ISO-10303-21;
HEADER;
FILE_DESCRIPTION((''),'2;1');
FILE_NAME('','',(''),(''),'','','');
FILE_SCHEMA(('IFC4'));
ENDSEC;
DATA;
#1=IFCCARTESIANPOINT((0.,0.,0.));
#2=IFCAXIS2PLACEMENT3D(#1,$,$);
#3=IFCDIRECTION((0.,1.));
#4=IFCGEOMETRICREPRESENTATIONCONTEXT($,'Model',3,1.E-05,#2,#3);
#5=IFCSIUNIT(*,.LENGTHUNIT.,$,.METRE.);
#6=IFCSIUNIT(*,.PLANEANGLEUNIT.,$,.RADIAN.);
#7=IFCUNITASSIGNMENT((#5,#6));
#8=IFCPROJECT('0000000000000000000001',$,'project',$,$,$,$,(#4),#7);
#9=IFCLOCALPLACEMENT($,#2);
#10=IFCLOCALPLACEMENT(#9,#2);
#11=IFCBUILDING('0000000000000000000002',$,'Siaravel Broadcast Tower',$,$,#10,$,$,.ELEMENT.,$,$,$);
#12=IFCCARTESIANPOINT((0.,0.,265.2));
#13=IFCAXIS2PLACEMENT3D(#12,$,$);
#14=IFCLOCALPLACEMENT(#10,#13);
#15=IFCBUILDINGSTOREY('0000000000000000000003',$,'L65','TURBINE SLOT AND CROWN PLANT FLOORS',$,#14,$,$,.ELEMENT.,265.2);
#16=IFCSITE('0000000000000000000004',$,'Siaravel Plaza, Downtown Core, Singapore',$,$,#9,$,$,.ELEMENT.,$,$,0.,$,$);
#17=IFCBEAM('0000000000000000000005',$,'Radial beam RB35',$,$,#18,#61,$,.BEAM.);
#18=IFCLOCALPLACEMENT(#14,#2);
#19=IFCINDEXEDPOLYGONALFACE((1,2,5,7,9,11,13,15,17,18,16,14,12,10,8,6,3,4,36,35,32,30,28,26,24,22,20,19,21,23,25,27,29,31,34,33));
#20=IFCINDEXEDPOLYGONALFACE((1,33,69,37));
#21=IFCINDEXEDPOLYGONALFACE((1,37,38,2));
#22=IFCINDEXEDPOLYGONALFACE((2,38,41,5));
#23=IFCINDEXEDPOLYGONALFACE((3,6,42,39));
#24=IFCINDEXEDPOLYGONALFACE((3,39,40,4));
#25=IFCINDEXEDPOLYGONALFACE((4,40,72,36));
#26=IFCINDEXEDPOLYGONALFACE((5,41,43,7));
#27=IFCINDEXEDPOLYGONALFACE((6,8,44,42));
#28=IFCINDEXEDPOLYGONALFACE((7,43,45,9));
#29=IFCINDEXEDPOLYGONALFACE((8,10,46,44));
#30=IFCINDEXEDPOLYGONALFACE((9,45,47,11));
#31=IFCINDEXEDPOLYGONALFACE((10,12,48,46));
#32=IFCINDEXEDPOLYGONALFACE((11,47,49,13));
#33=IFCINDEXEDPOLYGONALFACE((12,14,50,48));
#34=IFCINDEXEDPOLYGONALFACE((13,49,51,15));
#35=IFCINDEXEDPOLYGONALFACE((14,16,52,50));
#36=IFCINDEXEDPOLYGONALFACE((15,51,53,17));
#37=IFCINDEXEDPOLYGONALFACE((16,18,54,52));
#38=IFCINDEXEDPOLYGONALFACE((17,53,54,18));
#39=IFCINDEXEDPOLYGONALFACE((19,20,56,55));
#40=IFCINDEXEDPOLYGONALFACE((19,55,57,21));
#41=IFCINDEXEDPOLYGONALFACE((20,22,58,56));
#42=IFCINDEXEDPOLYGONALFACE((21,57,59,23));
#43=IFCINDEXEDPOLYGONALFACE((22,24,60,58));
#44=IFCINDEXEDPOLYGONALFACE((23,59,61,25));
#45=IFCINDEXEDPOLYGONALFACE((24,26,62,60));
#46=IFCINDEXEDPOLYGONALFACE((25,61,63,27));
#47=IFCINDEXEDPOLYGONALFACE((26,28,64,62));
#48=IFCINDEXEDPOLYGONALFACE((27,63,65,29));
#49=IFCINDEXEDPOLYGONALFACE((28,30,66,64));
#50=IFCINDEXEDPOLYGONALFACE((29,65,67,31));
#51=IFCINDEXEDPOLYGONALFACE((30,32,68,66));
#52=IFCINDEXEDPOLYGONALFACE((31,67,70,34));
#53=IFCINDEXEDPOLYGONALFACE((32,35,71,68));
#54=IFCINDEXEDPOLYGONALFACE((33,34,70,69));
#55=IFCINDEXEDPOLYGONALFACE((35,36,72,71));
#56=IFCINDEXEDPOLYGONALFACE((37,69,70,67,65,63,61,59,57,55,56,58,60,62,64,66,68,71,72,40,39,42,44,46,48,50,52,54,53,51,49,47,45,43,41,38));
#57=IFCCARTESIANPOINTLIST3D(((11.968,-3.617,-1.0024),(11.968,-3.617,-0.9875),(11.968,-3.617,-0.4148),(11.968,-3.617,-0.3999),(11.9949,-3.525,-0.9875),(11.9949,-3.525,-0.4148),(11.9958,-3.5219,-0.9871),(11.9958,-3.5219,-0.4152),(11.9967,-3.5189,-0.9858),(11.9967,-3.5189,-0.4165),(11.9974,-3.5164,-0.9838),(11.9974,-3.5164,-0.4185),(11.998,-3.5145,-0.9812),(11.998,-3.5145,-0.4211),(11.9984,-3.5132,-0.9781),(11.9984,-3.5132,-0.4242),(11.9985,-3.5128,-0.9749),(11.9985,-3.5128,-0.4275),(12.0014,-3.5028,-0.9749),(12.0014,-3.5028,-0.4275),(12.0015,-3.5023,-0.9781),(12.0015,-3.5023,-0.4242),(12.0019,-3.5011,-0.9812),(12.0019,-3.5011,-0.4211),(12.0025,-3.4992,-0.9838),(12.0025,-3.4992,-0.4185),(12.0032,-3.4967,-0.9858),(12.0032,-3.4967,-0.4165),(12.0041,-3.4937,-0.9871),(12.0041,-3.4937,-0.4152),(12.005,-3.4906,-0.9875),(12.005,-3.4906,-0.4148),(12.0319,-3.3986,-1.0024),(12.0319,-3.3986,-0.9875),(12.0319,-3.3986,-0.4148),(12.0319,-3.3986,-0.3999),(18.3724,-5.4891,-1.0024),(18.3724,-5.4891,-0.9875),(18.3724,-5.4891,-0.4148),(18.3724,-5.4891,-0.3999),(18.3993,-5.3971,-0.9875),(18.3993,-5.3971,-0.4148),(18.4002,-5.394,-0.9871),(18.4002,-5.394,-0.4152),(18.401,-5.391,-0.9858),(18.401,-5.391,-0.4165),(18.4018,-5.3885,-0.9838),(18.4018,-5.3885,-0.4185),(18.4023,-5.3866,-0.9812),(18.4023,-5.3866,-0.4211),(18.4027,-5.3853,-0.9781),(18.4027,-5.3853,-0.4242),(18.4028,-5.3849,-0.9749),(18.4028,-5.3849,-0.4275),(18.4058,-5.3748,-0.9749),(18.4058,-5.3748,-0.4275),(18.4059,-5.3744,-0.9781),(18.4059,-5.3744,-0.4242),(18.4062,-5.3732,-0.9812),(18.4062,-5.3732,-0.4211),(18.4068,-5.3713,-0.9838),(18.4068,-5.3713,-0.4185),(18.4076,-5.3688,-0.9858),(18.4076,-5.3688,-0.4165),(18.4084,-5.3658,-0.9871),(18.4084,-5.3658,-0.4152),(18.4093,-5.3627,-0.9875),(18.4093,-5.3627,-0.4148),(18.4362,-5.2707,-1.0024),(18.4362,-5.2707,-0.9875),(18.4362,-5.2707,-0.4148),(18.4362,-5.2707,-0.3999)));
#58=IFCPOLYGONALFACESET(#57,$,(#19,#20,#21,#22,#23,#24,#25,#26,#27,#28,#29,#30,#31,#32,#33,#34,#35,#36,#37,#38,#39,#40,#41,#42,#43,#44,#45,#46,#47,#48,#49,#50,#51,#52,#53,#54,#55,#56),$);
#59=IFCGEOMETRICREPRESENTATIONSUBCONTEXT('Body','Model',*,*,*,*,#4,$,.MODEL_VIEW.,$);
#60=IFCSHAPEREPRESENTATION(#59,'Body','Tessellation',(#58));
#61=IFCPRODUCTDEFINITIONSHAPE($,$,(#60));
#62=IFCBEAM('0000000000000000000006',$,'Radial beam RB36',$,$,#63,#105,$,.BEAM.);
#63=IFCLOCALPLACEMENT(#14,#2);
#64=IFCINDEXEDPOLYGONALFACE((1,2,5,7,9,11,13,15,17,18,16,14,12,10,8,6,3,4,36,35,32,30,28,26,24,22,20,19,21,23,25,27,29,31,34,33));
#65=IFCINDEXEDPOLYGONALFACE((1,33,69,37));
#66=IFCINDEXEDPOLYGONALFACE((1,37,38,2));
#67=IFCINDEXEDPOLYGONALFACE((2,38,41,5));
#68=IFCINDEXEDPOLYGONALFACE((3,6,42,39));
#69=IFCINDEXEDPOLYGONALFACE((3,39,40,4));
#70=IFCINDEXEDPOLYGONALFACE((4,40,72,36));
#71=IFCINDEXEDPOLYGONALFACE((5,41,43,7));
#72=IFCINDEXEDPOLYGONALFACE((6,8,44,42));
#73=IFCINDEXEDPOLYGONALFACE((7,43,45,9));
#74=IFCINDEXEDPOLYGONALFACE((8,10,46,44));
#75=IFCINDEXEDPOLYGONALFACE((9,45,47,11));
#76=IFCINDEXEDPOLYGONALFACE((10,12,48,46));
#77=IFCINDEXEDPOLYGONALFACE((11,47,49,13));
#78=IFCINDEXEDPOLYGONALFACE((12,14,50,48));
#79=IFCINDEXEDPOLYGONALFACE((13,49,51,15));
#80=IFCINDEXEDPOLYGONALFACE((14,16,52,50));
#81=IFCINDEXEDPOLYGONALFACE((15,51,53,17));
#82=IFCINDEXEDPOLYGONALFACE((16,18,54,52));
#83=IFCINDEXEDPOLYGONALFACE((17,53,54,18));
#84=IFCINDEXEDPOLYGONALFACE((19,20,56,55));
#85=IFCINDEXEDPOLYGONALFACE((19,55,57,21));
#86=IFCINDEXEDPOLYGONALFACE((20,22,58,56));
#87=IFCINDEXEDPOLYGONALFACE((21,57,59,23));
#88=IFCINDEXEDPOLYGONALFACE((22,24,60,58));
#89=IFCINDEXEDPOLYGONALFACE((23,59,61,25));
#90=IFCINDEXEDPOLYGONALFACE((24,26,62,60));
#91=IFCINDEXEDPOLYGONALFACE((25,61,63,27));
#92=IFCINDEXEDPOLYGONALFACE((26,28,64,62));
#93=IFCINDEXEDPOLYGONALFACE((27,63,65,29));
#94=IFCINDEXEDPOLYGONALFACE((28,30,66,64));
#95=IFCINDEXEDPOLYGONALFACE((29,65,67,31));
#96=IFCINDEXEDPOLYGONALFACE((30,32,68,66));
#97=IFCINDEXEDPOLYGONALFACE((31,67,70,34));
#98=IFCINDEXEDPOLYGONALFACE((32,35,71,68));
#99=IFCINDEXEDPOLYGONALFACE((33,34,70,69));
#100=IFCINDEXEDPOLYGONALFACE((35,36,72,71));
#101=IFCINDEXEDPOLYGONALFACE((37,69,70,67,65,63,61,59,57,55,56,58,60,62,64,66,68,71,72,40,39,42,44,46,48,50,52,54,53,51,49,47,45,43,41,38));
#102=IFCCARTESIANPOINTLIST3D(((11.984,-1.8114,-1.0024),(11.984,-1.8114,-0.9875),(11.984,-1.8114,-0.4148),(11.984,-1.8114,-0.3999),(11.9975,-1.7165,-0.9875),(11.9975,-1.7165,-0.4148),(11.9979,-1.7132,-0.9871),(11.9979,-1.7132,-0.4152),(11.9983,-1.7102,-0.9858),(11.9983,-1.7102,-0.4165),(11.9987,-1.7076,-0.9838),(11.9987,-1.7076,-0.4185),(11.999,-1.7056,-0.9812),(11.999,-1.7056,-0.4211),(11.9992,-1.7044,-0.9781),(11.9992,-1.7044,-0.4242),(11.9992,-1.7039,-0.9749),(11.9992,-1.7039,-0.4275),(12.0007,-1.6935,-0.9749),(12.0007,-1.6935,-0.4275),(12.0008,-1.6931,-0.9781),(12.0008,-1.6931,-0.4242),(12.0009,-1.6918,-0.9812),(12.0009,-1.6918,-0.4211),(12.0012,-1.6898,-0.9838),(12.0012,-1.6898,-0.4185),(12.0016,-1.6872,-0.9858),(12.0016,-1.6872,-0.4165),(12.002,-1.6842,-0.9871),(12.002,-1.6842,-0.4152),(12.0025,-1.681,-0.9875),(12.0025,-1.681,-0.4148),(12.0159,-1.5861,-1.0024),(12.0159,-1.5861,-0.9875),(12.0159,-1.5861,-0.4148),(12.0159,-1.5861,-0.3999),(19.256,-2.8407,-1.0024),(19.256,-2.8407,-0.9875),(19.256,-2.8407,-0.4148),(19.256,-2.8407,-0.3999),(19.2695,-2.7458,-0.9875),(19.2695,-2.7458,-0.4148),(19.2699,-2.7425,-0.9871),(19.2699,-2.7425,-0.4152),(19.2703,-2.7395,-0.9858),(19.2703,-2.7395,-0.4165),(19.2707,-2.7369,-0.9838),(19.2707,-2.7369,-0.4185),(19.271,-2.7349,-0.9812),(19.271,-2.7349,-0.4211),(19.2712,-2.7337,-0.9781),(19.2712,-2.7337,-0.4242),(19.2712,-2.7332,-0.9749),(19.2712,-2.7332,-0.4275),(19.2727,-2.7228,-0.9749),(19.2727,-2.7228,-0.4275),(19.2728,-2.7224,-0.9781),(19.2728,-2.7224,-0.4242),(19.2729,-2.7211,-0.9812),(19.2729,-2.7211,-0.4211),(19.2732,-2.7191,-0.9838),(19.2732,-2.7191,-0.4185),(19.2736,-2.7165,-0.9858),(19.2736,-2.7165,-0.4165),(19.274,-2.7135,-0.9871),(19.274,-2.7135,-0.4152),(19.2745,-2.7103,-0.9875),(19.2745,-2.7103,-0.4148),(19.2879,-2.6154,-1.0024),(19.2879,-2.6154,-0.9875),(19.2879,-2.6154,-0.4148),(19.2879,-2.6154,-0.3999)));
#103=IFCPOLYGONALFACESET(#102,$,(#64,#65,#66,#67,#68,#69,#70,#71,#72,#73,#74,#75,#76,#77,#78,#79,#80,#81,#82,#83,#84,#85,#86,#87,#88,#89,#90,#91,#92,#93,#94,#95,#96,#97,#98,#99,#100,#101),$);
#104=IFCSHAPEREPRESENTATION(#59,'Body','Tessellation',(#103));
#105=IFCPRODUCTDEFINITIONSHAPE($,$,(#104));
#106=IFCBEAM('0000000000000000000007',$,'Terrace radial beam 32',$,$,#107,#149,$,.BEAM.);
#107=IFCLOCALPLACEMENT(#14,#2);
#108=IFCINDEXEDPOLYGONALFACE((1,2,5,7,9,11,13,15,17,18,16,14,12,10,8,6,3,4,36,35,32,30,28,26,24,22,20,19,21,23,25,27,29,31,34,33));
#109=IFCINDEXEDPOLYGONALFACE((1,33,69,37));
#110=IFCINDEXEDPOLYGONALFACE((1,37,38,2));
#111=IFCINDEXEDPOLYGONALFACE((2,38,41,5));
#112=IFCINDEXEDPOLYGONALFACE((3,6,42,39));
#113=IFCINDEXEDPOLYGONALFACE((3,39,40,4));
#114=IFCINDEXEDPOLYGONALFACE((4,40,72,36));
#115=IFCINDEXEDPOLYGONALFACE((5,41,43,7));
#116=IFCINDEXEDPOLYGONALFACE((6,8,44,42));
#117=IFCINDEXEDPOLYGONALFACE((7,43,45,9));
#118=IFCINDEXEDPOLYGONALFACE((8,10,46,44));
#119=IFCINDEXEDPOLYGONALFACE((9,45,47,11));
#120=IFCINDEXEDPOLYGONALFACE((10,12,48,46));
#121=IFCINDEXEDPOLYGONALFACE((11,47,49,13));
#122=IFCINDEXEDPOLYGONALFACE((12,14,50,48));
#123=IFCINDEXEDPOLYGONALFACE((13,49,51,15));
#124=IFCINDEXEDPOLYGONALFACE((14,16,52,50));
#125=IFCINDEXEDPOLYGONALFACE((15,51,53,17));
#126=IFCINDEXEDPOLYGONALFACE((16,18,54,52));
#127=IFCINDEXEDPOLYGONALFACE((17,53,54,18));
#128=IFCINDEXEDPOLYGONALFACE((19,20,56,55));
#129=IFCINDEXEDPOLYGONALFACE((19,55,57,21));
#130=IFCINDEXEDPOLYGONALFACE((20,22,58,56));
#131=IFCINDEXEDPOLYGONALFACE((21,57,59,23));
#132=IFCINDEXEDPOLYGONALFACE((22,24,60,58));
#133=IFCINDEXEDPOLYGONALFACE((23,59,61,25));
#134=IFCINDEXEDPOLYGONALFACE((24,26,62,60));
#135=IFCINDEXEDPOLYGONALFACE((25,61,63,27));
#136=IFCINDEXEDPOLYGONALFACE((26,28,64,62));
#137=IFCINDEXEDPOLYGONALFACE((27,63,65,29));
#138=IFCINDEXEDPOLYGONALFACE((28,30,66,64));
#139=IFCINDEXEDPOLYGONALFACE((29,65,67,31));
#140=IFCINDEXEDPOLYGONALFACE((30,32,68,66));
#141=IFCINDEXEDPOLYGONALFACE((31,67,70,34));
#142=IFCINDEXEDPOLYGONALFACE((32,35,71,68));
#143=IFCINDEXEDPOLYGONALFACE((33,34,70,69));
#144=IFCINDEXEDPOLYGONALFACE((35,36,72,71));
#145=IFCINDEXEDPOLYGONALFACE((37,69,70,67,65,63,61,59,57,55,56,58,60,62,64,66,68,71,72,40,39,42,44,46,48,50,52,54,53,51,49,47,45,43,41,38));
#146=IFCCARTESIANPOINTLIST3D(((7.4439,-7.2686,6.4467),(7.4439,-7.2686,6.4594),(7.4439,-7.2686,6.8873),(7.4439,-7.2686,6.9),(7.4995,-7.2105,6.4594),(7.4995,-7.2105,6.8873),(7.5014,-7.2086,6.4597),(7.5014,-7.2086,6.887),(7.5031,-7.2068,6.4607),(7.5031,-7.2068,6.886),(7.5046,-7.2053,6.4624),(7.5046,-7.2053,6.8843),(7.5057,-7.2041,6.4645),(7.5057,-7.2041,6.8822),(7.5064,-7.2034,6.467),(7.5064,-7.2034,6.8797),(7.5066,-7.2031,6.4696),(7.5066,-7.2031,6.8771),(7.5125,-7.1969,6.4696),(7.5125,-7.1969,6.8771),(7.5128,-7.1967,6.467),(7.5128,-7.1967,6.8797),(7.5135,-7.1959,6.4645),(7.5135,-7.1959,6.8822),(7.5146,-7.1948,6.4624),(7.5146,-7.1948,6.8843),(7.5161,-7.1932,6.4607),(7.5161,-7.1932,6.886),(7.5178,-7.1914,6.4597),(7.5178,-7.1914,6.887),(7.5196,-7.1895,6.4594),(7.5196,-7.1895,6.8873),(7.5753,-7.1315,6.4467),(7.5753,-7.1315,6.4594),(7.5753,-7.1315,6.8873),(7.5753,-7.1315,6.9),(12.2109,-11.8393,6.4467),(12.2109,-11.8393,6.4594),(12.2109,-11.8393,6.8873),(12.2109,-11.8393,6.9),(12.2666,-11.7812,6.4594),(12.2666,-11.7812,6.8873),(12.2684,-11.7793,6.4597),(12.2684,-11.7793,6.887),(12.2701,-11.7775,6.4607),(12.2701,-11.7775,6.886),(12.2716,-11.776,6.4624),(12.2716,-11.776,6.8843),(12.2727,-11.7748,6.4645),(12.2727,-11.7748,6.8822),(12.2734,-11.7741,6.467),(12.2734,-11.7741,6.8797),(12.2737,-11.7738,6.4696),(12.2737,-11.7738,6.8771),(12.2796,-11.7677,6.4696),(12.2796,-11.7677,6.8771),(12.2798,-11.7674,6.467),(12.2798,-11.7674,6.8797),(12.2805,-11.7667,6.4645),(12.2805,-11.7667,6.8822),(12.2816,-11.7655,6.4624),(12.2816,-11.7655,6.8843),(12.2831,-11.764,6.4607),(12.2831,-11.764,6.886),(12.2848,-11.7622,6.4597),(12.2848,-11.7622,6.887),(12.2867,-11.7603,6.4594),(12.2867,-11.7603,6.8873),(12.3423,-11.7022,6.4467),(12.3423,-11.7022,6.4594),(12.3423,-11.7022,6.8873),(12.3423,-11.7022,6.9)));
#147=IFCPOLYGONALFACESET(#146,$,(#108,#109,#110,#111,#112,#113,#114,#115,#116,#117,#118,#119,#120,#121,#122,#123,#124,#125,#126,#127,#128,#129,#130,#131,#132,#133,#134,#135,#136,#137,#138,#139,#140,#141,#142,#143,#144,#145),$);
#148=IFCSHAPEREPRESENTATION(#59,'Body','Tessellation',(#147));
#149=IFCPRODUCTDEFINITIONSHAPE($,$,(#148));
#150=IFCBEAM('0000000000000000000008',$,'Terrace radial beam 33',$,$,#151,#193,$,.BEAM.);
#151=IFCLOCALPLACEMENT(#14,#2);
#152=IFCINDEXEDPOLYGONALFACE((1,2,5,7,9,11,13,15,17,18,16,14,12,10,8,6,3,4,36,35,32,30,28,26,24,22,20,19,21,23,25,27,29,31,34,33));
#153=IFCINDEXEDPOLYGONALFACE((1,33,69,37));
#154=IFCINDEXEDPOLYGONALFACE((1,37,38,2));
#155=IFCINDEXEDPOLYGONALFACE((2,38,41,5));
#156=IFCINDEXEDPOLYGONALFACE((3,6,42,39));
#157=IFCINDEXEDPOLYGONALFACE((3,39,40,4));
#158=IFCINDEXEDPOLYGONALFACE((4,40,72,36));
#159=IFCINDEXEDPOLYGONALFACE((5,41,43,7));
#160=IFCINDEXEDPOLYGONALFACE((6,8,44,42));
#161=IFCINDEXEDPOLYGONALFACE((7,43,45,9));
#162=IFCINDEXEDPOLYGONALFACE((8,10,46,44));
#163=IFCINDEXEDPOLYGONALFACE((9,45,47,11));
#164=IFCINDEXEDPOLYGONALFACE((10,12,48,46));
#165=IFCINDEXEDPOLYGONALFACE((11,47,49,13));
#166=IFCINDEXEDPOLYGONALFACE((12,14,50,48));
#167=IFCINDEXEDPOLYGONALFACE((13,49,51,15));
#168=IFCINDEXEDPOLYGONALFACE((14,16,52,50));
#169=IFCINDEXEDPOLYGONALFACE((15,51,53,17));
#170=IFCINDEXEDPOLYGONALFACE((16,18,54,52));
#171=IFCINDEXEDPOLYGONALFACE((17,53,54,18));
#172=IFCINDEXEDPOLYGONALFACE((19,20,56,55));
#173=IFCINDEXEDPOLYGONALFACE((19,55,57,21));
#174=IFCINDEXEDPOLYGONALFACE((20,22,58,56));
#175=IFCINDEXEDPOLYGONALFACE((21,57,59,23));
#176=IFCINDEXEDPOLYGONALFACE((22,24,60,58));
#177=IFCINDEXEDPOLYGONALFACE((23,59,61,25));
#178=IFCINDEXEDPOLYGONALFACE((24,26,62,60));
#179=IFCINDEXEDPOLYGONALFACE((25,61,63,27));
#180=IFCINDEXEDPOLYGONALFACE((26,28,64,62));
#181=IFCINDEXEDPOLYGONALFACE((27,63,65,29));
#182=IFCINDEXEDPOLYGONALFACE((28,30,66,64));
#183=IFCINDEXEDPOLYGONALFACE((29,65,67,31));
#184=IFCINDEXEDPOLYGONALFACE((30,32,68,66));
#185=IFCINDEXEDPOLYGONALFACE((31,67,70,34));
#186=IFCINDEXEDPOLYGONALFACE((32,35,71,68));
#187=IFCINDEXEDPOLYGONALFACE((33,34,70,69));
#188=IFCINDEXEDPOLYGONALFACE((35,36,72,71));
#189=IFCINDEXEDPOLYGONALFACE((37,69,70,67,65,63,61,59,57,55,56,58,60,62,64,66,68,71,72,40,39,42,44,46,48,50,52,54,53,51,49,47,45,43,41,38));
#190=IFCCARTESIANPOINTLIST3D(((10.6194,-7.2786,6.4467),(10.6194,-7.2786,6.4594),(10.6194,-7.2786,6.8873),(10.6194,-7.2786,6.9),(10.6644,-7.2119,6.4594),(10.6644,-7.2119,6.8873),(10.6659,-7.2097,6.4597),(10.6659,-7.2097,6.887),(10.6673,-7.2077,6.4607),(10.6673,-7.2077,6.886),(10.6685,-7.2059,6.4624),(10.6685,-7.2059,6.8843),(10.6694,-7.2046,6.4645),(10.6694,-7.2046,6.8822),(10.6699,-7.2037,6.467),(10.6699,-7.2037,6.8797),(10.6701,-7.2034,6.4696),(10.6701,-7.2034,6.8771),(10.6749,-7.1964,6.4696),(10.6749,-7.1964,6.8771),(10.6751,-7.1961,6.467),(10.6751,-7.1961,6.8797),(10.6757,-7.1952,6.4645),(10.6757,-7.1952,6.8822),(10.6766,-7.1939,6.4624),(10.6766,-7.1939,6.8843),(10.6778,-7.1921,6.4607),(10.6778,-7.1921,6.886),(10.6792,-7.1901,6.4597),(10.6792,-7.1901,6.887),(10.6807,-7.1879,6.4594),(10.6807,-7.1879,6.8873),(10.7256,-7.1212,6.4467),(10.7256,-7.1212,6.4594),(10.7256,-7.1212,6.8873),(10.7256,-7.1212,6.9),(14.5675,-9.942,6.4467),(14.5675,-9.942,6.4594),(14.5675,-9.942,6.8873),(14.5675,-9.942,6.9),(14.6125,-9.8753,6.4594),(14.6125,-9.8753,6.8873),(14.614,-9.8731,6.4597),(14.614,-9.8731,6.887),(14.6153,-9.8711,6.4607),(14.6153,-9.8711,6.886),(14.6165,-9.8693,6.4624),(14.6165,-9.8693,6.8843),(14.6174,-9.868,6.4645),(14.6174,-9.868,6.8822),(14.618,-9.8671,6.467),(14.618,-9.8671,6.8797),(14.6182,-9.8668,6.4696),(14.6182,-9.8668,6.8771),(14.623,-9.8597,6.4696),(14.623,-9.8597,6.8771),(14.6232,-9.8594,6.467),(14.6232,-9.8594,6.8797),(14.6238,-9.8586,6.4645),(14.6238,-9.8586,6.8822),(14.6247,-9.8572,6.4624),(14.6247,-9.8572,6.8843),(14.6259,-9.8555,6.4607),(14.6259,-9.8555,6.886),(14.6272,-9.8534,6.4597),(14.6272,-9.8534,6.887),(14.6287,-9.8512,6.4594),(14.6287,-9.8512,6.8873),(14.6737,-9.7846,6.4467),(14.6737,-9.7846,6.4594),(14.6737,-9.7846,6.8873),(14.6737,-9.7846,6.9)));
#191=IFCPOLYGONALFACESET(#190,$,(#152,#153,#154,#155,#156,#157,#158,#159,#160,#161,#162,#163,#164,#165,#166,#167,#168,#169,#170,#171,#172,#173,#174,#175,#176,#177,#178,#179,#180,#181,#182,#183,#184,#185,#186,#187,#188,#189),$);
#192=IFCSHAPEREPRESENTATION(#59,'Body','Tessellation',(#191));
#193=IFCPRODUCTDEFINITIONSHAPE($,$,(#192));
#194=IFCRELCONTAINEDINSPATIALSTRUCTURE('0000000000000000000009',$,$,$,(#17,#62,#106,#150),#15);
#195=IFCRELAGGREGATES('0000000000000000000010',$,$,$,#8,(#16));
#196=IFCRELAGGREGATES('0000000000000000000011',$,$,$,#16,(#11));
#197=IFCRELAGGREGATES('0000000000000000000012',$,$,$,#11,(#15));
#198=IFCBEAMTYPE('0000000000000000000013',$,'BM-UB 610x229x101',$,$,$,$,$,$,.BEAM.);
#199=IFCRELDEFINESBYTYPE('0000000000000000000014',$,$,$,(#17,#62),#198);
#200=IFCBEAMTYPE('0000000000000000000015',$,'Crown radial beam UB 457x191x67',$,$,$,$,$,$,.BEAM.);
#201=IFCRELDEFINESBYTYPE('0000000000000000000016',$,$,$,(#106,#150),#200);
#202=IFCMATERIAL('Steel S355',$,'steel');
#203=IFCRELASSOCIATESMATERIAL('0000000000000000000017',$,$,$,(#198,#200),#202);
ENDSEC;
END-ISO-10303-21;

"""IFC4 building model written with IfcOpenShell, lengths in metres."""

from ifc_helpers import new_model, si_unit, direction, frame, origin, origin_2d, place, context, subcontext, project, spatial, i_section, extrude, material, material_profile, profile_set, type_object, element, save


model = new_model("IFC4")

# Units and contexts
model_context = context("Model", 3, precision=1e-05, world=origin(), true_north=direction((0.0, 1.0)))
body_context = subcontext(model_context, "Body", "Model", "MODEL_VIEW")
ifc_project = project(units=[si_unit("LENGTHUNIT", "METRE"), si_unit("PLANEANGLEUNIT", "RADIAN")], contexts=[model_context])

# Site, building, storey
site_placement = place(None, origin())
site = spatial("IfcSite", under=ifc_project, at=site_placement, Name="Siaravel Plaza, Downtown Core, Singapore", CompositionType="ELEMENT", RefElevation=0.0)
building_placement = place(site_placement, origin())
building = spatial("IfcBuilding", under=site, at=building_placement, Name="Siaravel Broadcast Tower", CompositionType="ELEMENT")
storey_placement = place(building_placement, frame((0.0, 0.0, 265.2)))
storey = spatial("IfcBuildingStorey", under=building, at=storey_placement, Name="L65", Description="TURBINE SLOT AND CROWN PLANT FLOORS", CompositionType="ELEMENT", Elevation=265.2)

# Beams
ifc_material_1 = material(Name="Steel S355", Category="steel")
ifc_material_profile_1 = material_profile(ifc_material_1, i_section(OverallWidth=0.2275, OverallDepth=0.6025, WebThickness=0.0105, FlangeThickness=0.0149, FilletRadius=0.0127, at=origin_2d()))
ifc_profile_set_1 = profile_set([ifc_material_profile_1], Name="Steel S355")
beam_type_1 = type_object("IfcBeamType", Name="BM-UB 610x229x101", PredefinedType="BEAM", material=ifc_profile_set_1)
beam_1_placement = place(storey_placement, frame((18.4043, -5.3799, -0.7012), z_axis=(-0.959833, 0.280573, 0.0), x_axis=(-0.280573, -0.959833, 0.0)))
element("IfcBeam", 1, at=beam_1_placement, inside=storey, type_object=beam_type_1, Name="Radial beam RB35", PredefinedType="BEAM", context=body_context, shape_type="SweptSolid", body=[
    extrude(i_section(OverallWidth=0.2275, OverallDepth=0.6025, WebThickness=0.0105, FlangeThickness=0.0149, FilletRadius=0.0127, at=origin_2d()), origin(), (0.0, 0.0, 1.0), 6.6724),
])
beam_2_placement = place(storey_placement, frame((19.272, -2.728, -0.7012), z_axis=(-0.990131, 0.140146, 0.0), x_axis=(-0.140146, -0.990131, 0.0)))
element("IfcBeam", 2, at=beam_2_placement, inside=storey, type_object=beam_type_1, Name="Radial beam RB36", PredefinedType="BEAM", context=body_context, shape_type="SweptSolid", body=[
    extrude(i_section(OverallWidth=0.2275, OverallDepth=0.6025, WebThickness=0.0105, FlangeThickness=0.0149, FilletRadius=0.0127, at=origin_2d()), origin(), (0.0, 0.0, 1.0), 7.3445),
])
ifc_material_profile_2 = material_profile(ifc_material_1, i_section(OverallWidth=0.1899, OverallDepth=0.4534, WebThickness=0.0085, FlangeThickness=0.0127, FilletRadius=0.0103, at=origin_2d()))
ifc_profile_set_2 = profile_set([ifc_material_profile_2], Name="Steel S355")
beam_type_2 = type_object("IfcBeamType", Name="Crown radial beam UB 457x191x67", PredefinedType="BEAM", material=ifc_profile_set_2)
beam_3_placement = place(storey_placement, frame((12.2766, -11.7708, 6.6733), z_axis=(-0.721811, 0.69209, 0.0), x_axis=(-0.69209, -0.721811, 0.0)))
element("IfcBeam", 3, at=beam_3_placement, inside=storey, type_object=beam_type_2, Name="Terrace radial beam 32", PredefinedType="BEAM", context=body_context, shape_type="SweptSolid", body=[
    extrude(i_section(OverallWidth=0.1899, OverallDepth=0.4534, WebThickness=0.0085, FlangeThickness=0.0127, FilletRadius=0.0103, at=origin_2d()), origin(), (0.0, 0.0, 1.0), 6.6042),
])
beam_4_placement = place(storey_placement, frame((14.6206, -9.8633, 6.6733), z_axis=(-0.829001, 0.559247, 0.0), x_axis=(-0.559247, -0.829001, 0.0)))
element("IfcBeam", 4, at=beam_4_placement, inside=storey, type_object=beam_type_2, Name="Terrace radial beam 33", PredefinedType="BEAM", context=body_context, shape_type="SweptSolid", body=[
    extrude(i_section(OverallWidth=0.1899, OverallDepth=0.4534, WebThickness=0.0085, FlangeThickness=0.0127, FilletRadius=0.0103, at=origin_2d()), origin(), (0.0, 0.0, 1.0), 4.7625),
])

save(model, "model.ifc")
